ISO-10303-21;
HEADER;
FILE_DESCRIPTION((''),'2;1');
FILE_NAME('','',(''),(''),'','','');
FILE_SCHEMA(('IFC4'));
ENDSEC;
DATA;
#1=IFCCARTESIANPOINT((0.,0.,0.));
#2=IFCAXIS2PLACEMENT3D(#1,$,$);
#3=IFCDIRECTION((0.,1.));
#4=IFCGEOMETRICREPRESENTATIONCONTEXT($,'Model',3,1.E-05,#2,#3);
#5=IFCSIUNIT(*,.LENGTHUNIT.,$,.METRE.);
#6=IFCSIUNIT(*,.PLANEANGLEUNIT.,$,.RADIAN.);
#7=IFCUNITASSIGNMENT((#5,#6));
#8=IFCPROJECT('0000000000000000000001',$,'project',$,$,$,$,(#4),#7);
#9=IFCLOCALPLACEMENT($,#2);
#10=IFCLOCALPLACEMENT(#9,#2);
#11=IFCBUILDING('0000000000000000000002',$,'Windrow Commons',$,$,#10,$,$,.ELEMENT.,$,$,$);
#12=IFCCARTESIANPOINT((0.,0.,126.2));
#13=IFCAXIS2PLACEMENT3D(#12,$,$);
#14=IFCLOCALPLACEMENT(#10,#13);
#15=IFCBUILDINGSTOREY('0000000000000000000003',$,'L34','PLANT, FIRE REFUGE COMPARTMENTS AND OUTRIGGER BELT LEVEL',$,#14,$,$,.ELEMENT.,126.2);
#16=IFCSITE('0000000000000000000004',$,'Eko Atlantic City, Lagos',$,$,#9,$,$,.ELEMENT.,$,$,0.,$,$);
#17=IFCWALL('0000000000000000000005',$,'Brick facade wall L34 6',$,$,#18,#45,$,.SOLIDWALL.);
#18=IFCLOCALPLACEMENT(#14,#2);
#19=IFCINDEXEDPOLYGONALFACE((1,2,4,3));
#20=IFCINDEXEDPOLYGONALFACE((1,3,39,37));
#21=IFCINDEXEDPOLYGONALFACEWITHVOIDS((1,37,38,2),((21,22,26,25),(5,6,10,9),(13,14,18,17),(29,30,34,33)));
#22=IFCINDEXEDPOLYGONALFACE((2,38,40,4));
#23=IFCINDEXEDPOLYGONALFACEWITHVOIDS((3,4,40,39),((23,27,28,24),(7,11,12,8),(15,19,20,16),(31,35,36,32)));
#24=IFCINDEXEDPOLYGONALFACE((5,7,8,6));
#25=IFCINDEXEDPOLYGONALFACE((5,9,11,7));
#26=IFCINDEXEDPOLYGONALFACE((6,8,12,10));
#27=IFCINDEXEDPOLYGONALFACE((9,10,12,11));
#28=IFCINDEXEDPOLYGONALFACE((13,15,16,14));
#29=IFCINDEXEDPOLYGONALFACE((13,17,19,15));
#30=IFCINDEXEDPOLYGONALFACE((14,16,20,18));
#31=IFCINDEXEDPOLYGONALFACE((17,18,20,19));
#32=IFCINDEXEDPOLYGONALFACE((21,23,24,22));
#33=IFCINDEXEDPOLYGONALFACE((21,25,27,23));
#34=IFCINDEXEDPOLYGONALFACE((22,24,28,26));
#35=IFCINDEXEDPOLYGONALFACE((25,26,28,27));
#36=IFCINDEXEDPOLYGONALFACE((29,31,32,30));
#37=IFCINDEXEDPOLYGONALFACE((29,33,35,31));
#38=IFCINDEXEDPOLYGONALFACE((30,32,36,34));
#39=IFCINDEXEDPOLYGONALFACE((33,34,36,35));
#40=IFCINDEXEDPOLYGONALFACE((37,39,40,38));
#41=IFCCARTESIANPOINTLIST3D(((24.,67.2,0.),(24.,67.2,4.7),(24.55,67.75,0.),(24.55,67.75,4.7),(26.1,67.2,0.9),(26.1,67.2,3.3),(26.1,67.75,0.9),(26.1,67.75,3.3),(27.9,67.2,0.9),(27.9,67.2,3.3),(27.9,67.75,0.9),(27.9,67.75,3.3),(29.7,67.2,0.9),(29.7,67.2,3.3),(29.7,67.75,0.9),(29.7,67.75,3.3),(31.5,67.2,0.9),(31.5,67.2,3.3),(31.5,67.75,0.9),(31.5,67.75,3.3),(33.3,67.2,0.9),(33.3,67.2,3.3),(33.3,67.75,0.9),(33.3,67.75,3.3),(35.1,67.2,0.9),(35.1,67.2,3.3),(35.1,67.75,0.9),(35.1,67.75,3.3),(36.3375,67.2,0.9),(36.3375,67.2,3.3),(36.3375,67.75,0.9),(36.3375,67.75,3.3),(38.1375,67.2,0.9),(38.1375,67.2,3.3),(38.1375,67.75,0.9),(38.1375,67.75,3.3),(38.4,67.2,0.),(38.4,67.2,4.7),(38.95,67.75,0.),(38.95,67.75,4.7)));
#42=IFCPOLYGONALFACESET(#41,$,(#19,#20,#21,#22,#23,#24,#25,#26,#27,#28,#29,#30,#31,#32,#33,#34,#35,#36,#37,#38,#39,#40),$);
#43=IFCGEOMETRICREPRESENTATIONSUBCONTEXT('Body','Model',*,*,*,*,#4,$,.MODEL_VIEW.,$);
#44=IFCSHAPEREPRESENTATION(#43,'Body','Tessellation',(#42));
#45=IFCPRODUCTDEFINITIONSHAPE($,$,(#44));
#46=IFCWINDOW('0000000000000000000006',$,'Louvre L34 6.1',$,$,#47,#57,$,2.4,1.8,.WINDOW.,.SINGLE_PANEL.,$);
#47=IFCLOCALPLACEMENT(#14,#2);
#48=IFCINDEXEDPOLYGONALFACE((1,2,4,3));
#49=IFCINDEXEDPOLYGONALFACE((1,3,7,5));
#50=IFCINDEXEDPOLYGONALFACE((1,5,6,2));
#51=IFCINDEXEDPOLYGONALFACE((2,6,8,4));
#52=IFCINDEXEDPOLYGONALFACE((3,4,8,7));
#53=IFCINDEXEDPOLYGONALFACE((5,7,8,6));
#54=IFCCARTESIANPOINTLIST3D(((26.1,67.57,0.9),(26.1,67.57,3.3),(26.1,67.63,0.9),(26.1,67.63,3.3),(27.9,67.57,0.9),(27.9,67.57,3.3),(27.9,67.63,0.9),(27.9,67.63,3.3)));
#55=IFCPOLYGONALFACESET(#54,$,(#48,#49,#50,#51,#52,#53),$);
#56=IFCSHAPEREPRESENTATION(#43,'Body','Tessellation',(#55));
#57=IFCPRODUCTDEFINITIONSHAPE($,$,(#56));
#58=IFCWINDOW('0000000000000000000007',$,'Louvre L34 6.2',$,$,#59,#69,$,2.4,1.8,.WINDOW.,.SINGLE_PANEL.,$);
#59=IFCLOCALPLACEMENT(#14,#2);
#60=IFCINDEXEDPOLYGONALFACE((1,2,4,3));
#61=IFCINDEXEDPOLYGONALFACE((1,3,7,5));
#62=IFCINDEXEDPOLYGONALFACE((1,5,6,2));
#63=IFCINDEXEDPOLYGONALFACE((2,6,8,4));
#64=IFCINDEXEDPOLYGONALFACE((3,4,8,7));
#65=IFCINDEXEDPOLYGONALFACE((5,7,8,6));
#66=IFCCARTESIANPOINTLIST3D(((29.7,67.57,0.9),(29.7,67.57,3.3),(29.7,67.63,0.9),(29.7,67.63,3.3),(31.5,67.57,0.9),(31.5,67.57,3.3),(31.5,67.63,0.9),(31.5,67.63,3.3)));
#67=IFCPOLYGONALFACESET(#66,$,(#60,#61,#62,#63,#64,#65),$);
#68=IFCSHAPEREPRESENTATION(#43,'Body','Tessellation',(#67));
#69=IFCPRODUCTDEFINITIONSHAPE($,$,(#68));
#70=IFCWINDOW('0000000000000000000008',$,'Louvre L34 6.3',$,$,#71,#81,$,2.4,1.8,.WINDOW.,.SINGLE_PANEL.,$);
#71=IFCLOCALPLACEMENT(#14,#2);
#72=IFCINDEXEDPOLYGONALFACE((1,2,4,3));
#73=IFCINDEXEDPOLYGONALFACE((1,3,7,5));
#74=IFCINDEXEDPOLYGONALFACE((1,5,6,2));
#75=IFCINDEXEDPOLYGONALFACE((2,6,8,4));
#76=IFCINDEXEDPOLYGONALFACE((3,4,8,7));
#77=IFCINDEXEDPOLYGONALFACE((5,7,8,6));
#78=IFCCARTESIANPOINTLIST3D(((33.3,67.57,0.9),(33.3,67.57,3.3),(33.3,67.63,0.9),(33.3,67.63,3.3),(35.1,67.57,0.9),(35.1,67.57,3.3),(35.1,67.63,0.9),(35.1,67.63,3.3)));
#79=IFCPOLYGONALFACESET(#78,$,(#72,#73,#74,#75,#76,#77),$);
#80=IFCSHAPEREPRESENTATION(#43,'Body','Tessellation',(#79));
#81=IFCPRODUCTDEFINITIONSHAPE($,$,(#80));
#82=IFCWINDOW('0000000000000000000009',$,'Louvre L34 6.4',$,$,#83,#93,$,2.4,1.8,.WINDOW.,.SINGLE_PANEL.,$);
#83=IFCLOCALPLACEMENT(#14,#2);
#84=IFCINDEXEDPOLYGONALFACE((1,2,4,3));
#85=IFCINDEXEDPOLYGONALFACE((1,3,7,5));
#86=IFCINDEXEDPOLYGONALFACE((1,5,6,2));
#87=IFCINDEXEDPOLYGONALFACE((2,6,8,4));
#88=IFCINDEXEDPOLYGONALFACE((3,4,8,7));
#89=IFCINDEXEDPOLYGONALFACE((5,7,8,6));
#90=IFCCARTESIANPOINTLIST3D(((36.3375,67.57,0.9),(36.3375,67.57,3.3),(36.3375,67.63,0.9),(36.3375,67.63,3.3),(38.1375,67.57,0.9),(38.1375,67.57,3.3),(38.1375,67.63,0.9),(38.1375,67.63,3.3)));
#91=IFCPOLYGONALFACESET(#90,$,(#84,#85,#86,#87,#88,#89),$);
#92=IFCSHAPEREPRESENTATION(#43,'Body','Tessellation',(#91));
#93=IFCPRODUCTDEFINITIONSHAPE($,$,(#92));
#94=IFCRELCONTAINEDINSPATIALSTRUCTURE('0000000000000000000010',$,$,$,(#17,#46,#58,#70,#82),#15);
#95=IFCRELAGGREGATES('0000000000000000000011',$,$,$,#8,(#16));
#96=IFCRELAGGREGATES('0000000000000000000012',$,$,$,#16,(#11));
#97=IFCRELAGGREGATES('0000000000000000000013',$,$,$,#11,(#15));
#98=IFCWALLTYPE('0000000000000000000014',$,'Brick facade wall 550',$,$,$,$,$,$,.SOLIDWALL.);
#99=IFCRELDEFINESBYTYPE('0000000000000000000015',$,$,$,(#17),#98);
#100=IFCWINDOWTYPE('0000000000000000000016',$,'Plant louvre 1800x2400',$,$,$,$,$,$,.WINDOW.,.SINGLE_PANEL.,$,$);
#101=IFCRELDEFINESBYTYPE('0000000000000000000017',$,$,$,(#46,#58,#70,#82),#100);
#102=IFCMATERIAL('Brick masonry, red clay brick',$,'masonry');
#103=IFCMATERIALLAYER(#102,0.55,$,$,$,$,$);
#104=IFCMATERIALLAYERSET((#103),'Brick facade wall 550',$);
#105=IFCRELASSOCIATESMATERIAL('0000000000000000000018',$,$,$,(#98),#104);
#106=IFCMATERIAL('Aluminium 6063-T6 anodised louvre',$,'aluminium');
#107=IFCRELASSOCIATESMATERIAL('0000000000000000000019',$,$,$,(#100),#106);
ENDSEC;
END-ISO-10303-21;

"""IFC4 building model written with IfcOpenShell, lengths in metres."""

from ifc_helpers import new_model, si_unit, direction, frame, frame_2d, origin, place, context, subcontext, project, spatial, polyline, rectangle, outline, extrude, material, layer, layer_set, type_object, element, fill, save


model = new_model("IFC4")

# Units and contexts
model_context = context("Model", 3, precision=1e-05, world=origin(), true_north=direction((0.0, 1.0)))
body_context = subcontext(model_context, "Body", "Model", "MODEL_VIEW")
ifc_project = project(units=[si_unit("LENGTHUNIT", "METRE"), si_unit("PLANEANGLEUNIT", "RADIAN")], contexts=[model_context])

# Site, building, storey
site_placement = place(None, origin())
site = spatial("IfcSite", under=ifc_project, at=site_placement, Name="Eko Atlantic City, Lagos", CompositionType="ELEMENT", RefElevation=0.0)
building_placement = place(site_placement, origin())
building = spatial("IfcBuilding", under=site, at=building_placement, Name="Windrow Commons", CompositionType="ELEMENT")
storey_placement = place(building_placement, frame((0.0, 0.0, 126.2)))
storey = spatial("IfcBuildingStorey", under=building, at=storey_placement, Name="L34", Description="PLANT, FIRE REFUGE COMPARTMENTS AND OUTRIGGER BELT LEVEL", CompositionType="ELEMENT", Elevation=126.2)

# Shared definitions
ifc_material_1 = material(Name="Brick masonry, red clay brick", Category="masonry")
ifc_layer_1 = layer(ifc_material_1, 0.55)
ifc_layer_set_1 = layer_set([ifc_layer_1], Name="Brick facade wall 550")
wall_type_1 = type_object("IfcWallType", Name="Brick facade wall 550", PredefinedType="SOLIDWALL", material=ifc_layer_set_1)

# Wall, openings, windows
wall_1_placement = place(storey_placement, frame((24.275, 67.475, 0.0), z_axis=(0.0, 0.0, 1.0), x_axis=(1.0, 0.0, 0.0)))
wall_1 = element("IfcWall", 1, at=wall_1_placement, inside=storey, type_object=wall_type_1, Name="Brick facade wall L34 6", PredefinedType="SOLIDWALL", context=body_context, shape_type="SweptSolid", body=[
    extrude(outline(polyline([(-0.275, -0.275), (14.125, -0.275), (14.675, 0.275), (0.275, 0.275), (-0.275, -0.275)])), origin(), (0.0, 0.0, 1.0), 4.7),
])
opening_1_placement = place(wall_1_placement, frame((1.825, 0.0, 0.9)))
opening_1 = element("IfcOpeningElement", 2, at=opening_1_placement, cuts=wall_1, PredefinedType="OPENING", context=body_context, shape_type="SweptSolid", body=[
    extrude(rectangle(XDim=1.8, YDim=2.4, at=frame_2d((0.9, 1.2))), frame((0.0, 0.285, 0.0), z_axis=(0.0, -1.0, 0.0), x_axis=(1.0, 0.0, 0.0)), (0.0, 0.0, 1.0), 0.57),
])
opening_2_placement = place(wall_1_placement, frame((5.425, 0.0, 0.9)))
opening_2 = element("IfcOpeningElement", 3, at=opening_2_placement, cuts=wall_1, PredefinedType="OPENING", context=body_context, shape_type="SweptSolid", body=[
    extrude(rectangle(XDim=1.8, YDim=2.4, at=frame_2d((0.9, 1.2))), frame((0.0, 0.285, 0.0), z_axis=(0.0, -1.0, 0.0), x_axis=(1.0, 0.0, 0.0)), (0.0, 0.0, 1.0), 0.57),
])
opening_3_placement = place(wall_1_placement, frame((9.025, 0.0, 0.9)))
opening_3 = element("IfcOpeningElement", 4, at=opening_3_placement, cuts=wall_1, PredefinedType="OPENING", context=body_context, shape_type="SweptSolid", body=[
    extrude(rectangle(XDim=1.8, YDim=2.4, at=frame_2d((0.9, 1.2))), frame((0.0, 0.285, 0.0), z_axis=(0.0, -1.0, 0.0), x_axis=(1.0, 0.0, 0.0)), (0.0, 0.0, 1.0), 0.57),
])
opening_4_placement = place(wall_1_placement, frame((12.0625, 0.0, 0.9)))
opening_4 = element("IfcOpeningElement", 5, at=opening_4_placement, cuts=wall_1, PredefinedType="OPENING", context=body_context, shape_type="SweptSolid", body=[
    extrude(rectangle(XDim=1.8, YDim=2.4, at=frame_2d((0.9, 1.2))), frame((0.0, 0.285, 0.0), z_axis=(0.0, -1.0, 0.0), x_axis=(1.0, 0.0, 0.0)), (0.0, 0.0, 1.0), 0.57),
])
ifc_material_2 = material(Name="Aluminium 6063-T6 anodised louvre", Category="aluminium")
window_type = type_object("IfcWindowType", Name="Plant louvre 1800x2400", PartitioningType="SINGLE_PANEL", PredefinedType="WINDOW", material=ifc_material_2)
window_1_placement = place(opening_1_placement, origin())
window_1 = element("IfcWindow", 6, at=window_1_placement, inside=storey, type_object=window_type, Name="Louvre L34 6.1", OverallHeight=2.4, OverallWidth=1.8, PartitioningType="SINGLE_PANEL", PredefinedType="WINDOW", context=body_context, shape_type="SweptSolid", body=[
    extrude(rectangle(XDim=1.8, YDim=2.4, at=frame_2d((0.9, 1.2))), frame((0.0, 0.155, 0.0), z_axis=(0.0, -1.0, 0.0), x_axis=(1.0, 0.0, 0.0)), (0.0, 0.0, 1.0), 0.06),
])
fill(opening_1, window_1)
window_2_placement = place(opening_2_placement, origin())
window_2 = element("IfcWindow", 7, at=window_2_placement, inside=storey, type_object=window_type, Name="Louvre L34 6.2", OverallHeight=2.4, OverallWidth=1.8, PartitioningType="SINGLE_PANEL", PredefinedType="WINDOW", context=body_context, shape_type="SweptSolid", body=[
    extrude(rectangle(XDim=1.8, YDim=2.4, at=frame_2d((0.9, 1.2))), frame((0.0, 0.155, 0.0), z_axis=(0.0, -1.0, 0.0), x_axis=(1.0, 0.0, 0.0)), (0.0, 0.0, 1.0), 0.06),
])
fill(opening_2, window_2)
window_3_placement = place(opening_3_placement, origin())
window_3 = element("IfcWindow", 8, at=window_3_placement, inside=storey, type_object=window_type, Name="Louvre L34 6.3", OverallHeight=2.4, OverallWidth=1.8, PartitioningType="SINGLE_PANEL", PredefinedType="WINDOW", context=body_context, shape_type="SweptSolid", body=[
    extrude(rectangle(XDim=1.8, YDim=2.4, at=frame_2d((0.9, 1.2))), frame((0.0, 0.155, 0.0), z_axis=(0.0, -1.0, 0.0), x_axis=(1.0, 0.0, 0.0)), (0.0, 0.0, 1.0), 0.06),
])
fill(opening_3, window_3)
window_4_placement = place(opening_4_placement, origin())
window_4 = element("IfcWindow", 9, at=window_4_placement, inside=storey, type_object=window_type, Name="Louvre L34 6.4", OverallHeight=2.4, OverallWidth=1.8, PartitioningType="SINGLE_PANEL", PredefinedType="WINDOW", context=body_context, shape_type="SweptSolid", body=[
    extrude(rectangle(XDim=1.8, YDim=2.4, at=frame_2d((0.9, 1.2))), frame((0.0, 0.155, 0.0), z_axis=(0.0, -1.0, 0.0), x_axis=(1.0, 0.0, 0.0)), (0.0, 0.0, 1.0), 0.06),
])
fill(opening_4, window_4)

save(model, "model.ifc")
